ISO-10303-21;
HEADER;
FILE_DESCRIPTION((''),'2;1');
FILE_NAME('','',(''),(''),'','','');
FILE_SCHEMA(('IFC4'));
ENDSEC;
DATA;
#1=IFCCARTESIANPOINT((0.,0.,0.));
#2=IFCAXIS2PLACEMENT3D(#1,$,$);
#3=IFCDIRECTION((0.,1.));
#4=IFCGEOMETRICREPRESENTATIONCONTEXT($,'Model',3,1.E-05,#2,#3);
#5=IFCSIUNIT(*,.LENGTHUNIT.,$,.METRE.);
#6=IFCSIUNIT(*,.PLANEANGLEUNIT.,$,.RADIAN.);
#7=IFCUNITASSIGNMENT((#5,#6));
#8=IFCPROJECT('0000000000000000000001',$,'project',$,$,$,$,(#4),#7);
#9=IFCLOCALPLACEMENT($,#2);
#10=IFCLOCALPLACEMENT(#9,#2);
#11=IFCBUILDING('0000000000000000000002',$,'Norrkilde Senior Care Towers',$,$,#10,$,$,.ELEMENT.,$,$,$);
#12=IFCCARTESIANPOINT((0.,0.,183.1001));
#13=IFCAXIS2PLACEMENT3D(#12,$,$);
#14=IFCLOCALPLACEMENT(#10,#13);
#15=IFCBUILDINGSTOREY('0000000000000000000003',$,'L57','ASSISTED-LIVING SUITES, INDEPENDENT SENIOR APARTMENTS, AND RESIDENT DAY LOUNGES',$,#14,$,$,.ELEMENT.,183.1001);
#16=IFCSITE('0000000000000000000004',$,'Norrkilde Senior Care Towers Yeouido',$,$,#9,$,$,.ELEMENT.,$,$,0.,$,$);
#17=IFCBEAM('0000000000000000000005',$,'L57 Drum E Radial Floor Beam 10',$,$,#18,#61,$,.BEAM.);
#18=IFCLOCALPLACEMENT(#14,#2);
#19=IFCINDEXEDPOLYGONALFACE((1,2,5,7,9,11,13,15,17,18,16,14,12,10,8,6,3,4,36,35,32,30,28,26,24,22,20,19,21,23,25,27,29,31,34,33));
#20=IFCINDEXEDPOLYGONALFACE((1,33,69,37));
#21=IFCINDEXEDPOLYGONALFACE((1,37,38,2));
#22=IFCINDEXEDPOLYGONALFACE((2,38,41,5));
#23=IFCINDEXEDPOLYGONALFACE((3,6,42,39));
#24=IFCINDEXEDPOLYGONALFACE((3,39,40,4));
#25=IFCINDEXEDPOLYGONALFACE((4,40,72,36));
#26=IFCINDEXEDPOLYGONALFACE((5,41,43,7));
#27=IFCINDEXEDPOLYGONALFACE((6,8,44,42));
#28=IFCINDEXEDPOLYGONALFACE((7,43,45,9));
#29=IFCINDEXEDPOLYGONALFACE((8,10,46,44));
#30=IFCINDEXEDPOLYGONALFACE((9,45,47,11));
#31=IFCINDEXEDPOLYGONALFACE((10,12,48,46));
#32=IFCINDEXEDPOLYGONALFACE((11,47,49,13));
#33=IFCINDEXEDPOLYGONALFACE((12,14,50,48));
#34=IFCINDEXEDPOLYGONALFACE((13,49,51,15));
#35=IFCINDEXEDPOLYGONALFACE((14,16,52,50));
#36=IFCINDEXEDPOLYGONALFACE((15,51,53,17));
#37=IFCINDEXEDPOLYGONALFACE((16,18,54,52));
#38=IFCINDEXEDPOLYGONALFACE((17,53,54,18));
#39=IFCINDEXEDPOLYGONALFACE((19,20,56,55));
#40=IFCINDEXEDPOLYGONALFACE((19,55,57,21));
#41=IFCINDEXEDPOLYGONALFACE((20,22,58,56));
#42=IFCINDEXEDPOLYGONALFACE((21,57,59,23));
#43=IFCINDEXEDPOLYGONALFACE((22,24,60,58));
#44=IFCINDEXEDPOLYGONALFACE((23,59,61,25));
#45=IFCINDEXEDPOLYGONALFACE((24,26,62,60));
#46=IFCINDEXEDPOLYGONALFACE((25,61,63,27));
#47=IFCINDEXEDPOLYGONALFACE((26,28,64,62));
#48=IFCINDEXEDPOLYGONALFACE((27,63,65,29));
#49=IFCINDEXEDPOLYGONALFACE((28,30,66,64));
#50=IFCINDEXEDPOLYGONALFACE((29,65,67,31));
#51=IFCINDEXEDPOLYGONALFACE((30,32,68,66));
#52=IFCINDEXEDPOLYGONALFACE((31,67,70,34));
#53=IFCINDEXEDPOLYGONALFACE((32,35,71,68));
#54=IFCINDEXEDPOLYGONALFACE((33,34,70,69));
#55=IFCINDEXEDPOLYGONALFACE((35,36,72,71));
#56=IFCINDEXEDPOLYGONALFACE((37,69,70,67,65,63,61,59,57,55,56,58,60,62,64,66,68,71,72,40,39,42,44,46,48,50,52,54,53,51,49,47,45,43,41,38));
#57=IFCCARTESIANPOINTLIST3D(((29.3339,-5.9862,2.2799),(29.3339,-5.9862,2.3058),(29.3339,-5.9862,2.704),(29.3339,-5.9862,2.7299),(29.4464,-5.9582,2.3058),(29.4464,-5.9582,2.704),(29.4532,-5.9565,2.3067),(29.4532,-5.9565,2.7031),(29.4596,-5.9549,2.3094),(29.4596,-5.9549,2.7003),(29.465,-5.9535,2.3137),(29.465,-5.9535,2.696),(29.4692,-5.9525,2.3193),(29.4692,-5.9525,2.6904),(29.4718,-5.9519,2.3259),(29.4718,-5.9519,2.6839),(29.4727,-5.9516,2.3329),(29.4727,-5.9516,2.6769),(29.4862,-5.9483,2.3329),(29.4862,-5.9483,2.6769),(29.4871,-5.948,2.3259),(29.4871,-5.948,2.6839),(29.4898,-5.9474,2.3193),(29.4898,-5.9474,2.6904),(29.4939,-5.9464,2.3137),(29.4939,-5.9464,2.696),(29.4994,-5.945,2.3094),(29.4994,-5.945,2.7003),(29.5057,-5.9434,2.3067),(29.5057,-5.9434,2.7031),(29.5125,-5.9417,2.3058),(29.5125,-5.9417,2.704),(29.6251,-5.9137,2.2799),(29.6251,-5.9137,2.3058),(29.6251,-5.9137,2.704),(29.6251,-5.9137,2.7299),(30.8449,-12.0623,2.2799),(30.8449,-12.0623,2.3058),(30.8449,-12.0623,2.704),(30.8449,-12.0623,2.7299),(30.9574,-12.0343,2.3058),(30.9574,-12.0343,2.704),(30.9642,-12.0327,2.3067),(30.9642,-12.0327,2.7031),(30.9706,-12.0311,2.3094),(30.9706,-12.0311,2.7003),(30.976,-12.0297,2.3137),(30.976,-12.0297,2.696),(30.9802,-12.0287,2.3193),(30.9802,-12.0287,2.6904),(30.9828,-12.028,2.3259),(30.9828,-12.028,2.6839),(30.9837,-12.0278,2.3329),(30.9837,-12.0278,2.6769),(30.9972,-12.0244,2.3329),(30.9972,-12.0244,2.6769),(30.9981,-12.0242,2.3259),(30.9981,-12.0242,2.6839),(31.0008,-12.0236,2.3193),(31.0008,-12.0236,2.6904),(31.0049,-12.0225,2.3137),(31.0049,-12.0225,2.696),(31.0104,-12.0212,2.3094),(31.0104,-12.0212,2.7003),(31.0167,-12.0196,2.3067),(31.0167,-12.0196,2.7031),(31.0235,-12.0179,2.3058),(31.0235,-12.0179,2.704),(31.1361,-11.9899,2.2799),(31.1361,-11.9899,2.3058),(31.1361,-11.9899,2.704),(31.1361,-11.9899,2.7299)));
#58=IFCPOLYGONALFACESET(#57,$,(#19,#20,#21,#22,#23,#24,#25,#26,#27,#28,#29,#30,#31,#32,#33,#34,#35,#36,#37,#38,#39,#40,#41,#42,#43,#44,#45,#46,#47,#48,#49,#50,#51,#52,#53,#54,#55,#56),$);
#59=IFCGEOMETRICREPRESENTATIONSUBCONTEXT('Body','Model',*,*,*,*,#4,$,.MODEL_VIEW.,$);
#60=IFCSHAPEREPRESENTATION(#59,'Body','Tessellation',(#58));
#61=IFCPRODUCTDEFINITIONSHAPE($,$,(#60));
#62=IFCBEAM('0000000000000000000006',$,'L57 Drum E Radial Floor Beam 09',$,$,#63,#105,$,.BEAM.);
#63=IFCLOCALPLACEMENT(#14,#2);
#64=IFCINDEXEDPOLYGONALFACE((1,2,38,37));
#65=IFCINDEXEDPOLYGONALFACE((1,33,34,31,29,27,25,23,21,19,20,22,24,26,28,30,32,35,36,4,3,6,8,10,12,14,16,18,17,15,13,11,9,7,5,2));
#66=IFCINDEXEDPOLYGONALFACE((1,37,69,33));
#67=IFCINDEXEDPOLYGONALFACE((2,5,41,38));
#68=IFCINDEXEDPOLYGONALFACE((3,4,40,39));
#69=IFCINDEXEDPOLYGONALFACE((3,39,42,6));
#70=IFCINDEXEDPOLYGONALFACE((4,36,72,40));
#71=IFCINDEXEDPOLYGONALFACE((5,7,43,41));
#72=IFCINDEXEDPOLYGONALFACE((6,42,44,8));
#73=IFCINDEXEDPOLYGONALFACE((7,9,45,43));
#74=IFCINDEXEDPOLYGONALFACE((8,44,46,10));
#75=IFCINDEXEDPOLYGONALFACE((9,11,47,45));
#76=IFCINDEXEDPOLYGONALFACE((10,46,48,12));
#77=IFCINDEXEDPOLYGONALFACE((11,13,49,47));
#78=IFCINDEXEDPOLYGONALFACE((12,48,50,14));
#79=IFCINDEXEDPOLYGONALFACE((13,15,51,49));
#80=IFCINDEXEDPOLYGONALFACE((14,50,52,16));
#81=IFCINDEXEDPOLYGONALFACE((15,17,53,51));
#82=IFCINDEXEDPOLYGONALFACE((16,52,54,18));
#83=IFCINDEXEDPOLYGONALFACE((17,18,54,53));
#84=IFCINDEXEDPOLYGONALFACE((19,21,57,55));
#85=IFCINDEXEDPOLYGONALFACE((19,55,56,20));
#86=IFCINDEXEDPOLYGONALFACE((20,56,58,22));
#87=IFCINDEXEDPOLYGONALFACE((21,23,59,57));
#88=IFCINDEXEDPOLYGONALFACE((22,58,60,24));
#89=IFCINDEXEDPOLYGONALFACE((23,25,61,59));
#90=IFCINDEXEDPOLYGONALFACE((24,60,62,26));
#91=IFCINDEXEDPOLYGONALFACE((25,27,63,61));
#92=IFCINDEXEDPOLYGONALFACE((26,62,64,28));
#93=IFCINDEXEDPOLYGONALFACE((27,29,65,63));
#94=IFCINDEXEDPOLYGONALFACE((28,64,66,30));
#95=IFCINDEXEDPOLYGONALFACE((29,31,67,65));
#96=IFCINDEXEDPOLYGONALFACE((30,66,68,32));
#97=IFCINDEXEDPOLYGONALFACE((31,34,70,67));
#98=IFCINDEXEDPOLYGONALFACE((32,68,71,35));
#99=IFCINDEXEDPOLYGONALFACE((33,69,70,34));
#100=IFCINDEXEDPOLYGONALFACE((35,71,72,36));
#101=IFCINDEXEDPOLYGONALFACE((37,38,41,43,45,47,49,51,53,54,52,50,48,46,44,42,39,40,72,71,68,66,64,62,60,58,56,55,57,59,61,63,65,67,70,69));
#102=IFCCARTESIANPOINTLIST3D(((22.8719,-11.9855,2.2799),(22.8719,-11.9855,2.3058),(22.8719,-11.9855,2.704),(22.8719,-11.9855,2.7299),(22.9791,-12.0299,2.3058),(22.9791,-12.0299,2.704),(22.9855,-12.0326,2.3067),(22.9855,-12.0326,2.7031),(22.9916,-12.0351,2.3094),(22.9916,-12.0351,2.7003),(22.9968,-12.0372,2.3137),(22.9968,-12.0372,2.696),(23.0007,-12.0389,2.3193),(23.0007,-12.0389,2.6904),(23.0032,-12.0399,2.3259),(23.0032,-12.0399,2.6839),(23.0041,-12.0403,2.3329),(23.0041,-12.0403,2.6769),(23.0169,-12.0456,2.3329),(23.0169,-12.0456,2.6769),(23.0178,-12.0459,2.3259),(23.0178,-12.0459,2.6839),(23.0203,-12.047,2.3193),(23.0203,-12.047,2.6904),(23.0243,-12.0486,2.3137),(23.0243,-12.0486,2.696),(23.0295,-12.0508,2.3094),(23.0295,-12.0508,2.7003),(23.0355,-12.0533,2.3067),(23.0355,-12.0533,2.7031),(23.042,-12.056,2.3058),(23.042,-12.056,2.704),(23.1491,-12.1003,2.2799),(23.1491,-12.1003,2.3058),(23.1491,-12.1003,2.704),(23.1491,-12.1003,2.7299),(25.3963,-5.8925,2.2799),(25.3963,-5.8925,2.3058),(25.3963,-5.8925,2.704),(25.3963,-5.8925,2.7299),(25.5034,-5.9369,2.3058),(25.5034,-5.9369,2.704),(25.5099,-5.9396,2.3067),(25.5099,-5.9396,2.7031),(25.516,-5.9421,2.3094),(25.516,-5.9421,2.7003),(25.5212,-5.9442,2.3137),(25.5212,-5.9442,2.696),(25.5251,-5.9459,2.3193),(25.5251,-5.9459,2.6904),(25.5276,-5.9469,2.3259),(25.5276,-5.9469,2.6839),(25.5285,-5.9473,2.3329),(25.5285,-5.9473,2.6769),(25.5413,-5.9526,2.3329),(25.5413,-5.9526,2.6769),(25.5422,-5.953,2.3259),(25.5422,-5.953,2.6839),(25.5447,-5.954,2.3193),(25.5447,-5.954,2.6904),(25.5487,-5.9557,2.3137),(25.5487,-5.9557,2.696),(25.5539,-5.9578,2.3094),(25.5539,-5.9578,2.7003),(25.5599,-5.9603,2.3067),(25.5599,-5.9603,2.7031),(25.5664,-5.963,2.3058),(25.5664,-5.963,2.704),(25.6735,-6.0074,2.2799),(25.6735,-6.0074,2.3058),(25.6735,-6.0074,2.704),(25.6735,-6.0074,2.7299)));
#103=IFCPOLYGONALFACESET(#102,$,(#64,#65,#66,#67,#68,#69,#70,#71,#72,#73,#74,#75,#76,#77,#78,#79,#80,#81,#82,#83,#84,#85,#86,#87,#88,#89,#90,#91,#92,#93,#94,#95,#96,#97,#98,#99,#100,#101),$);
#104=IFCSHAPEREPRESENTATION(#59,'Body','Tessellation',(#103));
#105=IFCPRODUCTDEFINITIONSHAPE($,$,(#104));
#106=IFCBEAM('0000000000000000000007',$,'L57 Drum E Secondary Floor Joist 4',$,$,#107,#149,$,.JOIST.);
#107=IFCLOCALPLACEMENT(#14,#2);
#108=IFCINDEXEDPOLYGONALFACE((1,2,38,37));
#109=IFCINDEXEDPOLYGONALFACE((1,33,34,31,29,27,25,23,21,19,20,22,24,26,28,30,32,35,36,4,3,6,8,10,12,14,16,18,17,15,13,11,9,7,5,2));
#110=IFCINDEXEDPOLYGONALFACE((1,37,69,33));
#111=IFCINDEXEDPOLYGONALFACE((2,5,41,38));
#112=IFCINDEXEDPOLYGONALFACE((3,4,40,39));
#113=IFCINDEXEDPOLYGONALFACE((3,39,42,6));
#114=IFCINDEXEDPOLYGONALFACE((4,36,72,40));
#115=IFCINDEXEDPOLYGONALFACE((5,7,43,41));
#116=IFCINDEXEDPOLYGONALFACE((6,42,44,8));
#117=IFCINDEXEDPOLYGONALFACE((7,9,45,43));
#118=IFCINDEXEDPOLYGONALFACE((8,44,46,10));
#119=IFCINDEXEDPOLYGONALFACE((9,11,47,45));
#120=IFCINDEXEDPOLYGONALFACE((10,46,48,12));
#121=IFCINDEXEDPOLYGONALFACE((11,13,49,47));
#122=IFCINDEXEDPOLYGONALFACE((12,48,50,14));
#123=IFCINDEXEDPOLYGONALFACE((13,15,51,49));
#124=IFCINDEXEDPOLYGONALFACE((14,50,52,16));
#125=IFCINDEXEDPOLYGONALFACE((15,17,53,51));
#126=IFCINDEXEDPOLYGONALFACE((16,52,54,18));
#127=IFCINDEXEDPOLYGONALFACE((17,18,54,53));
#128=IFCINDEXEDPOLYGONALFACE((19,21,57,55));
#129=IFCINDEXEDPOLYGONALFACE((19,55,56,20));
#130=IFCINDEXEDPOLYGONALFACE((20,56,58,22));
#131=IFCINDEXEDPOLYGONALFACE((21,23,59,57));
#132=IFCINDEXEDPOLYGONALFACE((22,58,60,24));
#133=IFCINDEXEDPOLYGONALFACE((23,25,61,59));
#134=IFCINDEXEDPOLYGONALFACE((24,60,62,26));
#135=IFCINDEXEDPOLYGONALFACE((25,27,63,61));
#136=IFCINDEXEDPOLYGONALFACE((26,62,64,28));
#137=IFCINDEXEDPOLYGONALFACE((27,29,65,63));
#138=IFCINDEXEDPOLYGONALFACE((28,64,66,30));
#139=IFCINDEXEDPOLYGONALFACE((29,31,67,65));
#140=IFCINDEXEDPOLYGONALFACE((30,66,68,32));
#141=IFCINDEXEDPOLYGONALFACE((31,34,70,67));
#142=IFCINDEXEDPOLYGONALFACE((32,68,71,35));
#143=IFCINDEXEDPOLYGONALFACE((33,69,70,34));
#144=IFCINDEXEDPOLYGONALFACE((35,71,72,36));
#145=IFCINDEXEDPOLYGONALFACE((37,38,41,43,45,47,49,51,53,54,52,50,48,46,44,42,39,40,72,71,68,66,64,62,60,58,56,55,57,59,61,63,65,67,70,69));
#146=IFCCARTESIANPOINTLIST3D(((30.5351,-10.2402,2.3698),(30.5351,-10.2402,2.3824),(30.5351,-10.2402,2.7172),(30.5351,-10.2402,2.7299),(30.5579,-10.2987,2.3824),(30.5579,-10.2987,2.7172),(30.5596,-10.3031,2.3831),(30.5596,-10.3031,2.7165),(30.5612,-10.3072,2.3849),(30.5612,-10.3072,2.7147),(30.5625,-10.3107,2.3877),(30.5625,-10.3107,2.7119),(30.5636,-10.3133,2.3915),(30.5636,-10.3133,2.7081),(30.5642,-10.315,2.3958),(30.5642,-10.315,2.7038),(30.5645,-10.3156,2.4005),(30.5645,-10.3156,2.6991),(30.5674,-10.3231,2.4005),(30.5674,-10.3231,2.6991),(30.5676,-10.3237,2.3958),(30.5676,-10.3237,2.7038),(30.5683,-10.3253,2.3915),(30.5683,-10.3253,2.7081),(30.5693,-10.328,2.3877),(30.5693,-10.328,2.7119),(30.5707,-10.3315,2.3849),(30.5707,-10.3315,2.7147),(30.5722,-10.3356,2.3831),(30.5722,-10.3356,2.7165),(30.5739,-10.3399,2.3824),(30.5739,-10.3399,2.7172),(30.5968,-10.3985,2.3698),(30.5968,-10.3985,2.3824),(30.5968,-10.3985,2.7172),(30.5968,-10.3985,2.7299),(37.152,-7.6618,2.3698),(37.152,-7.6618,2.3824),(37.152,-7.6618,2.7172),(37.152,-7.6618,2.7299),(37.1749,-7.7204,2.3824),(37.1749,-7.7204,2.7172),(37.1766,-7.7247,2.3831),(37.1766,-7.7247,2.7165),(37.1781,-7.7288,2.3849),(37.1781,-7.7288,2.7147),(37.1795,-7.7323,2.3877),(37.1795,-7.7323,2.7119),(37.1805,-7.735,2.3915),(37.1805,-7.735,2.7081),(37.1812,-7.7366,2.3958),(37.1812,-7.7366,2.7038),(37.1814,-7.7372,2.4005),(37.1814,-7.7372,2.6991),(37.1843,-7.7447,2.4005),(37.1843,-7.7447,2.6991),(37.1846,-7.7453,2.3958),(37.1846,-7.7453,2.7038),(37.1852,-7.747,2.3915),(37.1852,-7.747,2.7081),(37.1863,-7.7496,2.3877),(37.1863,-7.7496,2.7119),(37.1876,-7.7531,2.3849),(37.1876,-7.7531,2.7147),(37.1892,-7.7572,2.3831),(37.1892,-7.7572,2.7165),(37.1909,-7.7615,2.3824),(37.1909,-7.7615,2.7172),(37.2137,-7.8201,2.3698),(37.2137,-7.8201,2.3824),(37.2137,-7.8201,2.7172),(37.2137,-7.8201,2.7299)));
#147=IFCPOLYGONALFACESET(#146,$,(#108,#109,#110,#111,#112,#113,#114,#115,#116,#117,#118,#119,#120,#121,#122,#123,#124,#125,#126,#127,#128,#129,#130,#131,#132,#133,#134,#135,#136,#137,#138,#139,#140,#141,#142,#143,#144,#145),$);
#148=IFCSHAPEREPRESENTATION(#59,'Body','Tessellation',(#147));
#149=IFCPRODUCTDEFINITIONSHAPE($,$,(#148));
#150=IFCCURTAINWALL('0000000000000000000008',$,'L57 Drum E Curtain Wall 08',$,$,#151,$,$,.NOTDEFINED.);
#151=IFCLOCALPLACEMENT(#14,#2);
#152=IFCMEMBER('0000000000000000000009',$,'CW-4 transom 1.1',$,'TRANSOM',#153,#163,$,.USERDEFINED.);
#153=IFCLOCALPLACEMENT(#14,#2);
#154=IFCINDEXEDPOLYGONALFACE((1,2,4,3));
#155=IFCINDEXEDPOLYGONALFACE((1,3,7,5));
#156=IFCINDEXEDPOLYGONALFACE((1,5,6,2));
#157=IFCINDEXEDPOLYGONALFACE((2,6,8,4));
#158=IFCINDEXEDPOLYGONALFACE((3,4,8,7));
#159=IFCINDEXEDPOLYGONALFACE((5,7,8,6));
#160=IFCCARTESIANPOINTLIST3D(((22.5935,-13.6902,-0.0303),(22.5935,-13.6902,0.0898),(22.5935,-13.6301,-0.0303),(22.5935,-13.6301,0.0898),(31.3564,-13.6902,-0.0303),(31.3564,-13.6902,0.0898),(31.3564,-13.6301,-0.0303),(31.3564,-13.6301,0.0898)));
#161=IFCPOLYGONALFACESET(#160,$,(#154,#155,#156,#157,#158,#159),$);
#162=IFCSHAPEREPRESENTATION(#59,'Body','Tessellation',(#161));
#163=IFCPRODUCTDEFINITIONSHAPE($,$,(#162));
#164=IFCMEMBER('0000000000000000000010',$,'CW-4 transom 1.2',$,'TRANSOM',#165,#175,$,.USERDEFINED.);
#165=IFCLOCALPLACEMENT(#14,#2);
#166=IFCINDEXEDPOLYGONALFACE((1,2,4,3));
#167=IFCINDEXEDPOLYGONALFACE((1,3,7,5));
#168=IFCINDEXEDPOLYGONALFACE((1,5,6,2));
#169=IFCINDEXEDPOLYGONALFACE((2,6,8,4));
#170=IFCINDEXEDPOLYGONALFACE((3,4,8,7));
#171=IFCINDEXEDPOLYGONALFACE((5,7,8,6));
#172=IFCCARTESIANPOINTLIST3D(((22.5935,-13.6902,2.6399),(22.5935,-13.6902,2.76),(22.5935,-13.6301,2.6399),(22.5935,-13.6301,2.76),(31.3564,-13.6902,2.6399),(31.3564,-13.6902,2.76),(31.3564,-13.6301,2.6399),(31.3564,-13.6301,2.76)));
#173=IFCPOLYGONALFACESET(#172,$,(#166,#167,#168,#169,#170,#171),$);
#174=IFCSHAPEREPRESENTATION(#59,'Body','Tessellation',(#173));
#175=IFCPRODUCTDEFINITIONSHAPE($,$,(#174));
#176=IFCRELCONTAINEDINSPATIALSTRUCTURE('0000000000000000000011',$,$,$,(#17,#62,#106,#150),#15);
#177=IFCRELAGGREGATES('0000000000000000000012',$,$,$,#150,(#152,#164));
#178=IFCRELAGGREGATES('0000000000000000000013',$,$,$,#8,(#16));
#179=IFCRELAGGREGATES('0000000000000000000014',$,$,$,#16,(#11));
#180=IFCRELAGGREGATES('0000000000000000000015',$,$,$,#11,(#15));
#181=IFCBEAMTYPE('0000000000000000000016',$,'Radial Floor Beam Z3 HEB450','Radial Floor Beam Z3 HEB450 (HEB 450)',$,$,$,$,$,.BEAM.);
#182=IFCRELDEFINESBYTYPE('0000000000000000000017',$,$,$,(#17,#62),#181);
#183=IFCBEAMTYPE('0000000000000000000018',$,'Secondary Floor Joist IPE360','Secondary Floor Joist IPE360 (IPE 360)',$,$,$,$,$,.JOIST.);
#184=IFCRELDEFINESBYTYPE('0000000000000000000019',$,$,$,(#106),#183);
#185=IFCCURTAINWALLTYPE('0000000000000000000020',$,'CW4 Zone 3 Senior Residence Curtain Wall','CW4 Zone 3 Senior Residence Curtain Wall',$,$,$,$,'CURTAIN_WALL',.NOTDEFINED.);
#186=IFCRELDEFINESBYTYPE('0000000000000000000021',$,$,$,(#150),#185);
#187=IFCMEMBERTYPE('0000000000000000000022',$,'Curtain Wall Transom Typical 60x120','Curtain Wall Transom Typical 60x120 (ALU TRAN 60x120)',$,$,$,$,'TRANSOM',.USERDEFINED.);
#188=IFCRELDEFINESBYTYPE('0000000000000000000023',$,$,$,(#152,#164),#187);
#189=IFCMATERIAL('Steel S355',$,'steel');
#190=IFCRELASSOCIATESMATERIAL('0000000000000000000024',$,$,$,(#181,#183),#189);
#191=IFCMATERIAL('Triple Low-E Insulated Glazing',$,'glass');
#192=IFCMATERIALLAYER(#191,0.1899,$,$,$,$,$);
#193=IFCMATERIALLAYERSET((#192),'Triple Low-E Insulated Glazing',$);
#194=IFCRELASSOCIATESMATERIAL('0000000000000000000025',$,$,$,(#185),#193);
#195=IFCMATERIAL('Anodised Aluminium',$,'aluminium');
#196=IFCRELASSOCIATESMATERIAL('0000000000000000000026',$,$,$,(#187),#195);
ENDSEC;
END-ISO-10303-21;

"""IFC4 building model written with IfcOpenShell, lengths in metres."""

from ifc_helpers import new_model, si_unit, direction, frame, origin, origin_2d, place, context, subcontext, project, spatial, rectangle, i_section, extrude, source, transform, mapped, material, layer, layer_set, material_profile, profile_set, type_object, type_shapes, element, aggregate, save


model = new_model("IFC4")

# Units and contexts
model_context = context("Model", 3, precision=1e-05, world=origin(), true_north=direction((0.0, 1.0)))
body_context = subcontext(model_context, "Body", "Model", "MODEL_VIEW")
ifc_project = project(units=[si_unit("LENGTHUNIT", "METRE"), si_unit("PLANEANGLEUNIT", "RADIAN")], contexts=[model_context])

# Site, building, storey
site_placement = place(None, origin())
site = spatial("IfcSite", under=ifc_project, at=site_placement, Name="Norrkilde Senior Care Towers Yeouido", CompositionType="ELEMENT", RefElevation=0.0)
building_placement = place(site_placement, origin())
building = spatial("IfcBuilding", under=site, at=building_placement, Name="Norrkilde Senior Care Towers", CompositionType="ELEMENT")
storey_placement = place(building_placement, frame((0.0, 0.0, 183.1001)))
storey = spatial("IfcBuildingStorey", under=building, at=storey_placement, Name="L57", Description="ASSISTED-LIVING SUITES, INDEPENDENT SENIOR APARTMENTS, AND RESIDENT DAY LOUNGES", CompositionType="ELEMENT", Elevation=183.1001)

# Beams
ifc_material_1 = material(Name="Steel S355", Category="steel")
ifc_material_profile_1 = material_profile(ifc_material_1, i_section(OverallWidth=0.3, OverallDepth=0.45, WebThickness=0.0139, FlangeThickness=0.0259, FilletRadius=0.0271, at=origin_2d()), Name="HEB 450")
ifc_profile_set_1 = profile_set([ifc_material_profile_1], Name="Steel S355")
beam_type_1 = type_object("IfcBeamType", Name="Radial Floor Beam Z3 HEB450", Description="Radial Floor Beam Z3 HEB450 (HEB 450)", PredefinedType="BEAM", material=ifc_profile_set_1)
shared_shape_1 = source(origin(), body_context, "Body", "SweptSolid", [
    extrude(i_section(OverallWidth=0.3, OverallDepth=0.45, WebThickness=0.0139, FlangeThickness=0.0259, FilletRadius=0.0271, at=origin_2d()), origin(), (0.0, 0.0, 1.0), 6.2612),
])
beam_1_placement = place(storey_placement, frame((29.4795, -5.95, 2.5049), z_axis=(0.241324, -0.970445, 0.0), x_axis=(0.970445, 0.241324, 0.0)))
element("IfcBeam", 1, at=beam_1_placement, inside=storey, type_object=beam_type_1, Name="L57 Drum E Radial Floor Beam 10", PredefinedType="BEAM", context=body_context, shape_type="MappedRepresentation", body=[
    mapped(shared_shape_1, transform((0.0, 0.0, 0.0), x_axis=(1.0, 0.0, 0.0), y_axis=(0.0, 1.0, 0.0), z_axis=(0.0, 0.0, 1.0), scale=1.0)),
])
shared_shape_2 = source(origin(), body_context, "Body", "SweptSolid", [
    extrude(i_section(OverallWidth=0.3, OverallDepth=0.45, WebThickness=0.0139, FlangeThickness=0.0259, FilletRadius=0.0271, at=origin_2d()), origin(), (0.0, 0.0, 1.0), 6.5952),
])
beam_2_placement = place(storey_placement, frame((25.5349, -5.95, 2.5049), z_axis=(-0.382762, -0.923847, 0.0), x_axis=(0.923847, -0.382762, 0.0)))
element("IfcBeam", 2, at=beam_2_placement, inside=storey, type_object=beam_type_1, Name="L57 Drum E Radial Floor Beam 09", PredefinedType="BEAM", context=body_context, shape_type="MappedRepresentation", body=[
    mapped(shared_shape_2, transform((0.0, 0.0, 0.0), x_axis=(1.0, 0.0, 0.0), y_axis=(0.0, 1.0, 0.0), z_axis=(0.0, 0.0, 1.0), scale=1.0)),
])
ifc_material_profile_2 = material_profile(ifc_material_1, i_section(OverallWidth=0.1699, OverallDepth=0.3601, WebThickness=0.0081, FlangeThickness=0.0127, FilletRadius=0.0181, at=origin_2d()), Name="IPE 360")
ifc_profile_set_2 = profile_set([ifc_material_profile_2], Name="Steel S355")
beam_type_2 = type_object("IfcBeamType", Name="Secondary Floor Joist IPE360", Description="Secondary Floor Joist IPE360 (IPE 360)", PredefinedType="JOIST", material=ifc_profile_set_2)
shared_shape_3 = source(origin(), body_context, "Body", "SweptSolid", [
    extrude(i_section(OverallWidth=0.1699, OverallDepth=0.3601, WebThickness=0.0081, FlangeThickness=0.0127, FilletRadius=0.0181, at=origin_2d()), origin(), (0.0, 0.0, 1.0), 7.1016),
])
type_shapes(beam_type_2, [shared_shape_3])
beam_3_placement = place(storey_placement, frame((30.5659, -10.3193, 2.5498), z_axis=(0.931761, 0.363072, 0.0), x_axis=(-0.363072, 0.931761, 0.0)))
element("IfcBeam", 3, at=beam_3_placement, inside=storey, type_object=beam_type_2, Name="L57 Drum E Secondary Floor Joist 4", PredefinedType="JOIST", context=body_context, shape_type="MappedRepresentation", body=[
    mapped(shared_shape_3, transform((0.0, 0.0, 0.0), x_axis=(1.0, 0.0, 0.0), y_axis=(0.0, 1.0, 0.0), z_axis=(0.0, 0.0, 1.0), scale=1.0)),
])

# Curtain wall, members
ifc_material_2 = material(Name="Triple Low-E Insulated Glazing", Category="glass")
ifc_layer_1 = layer(ifc_material_2, 0.1899)
ifc_layer_set_1 = layer_set([ifc_layer_1], Name="Triple Low-E Insulated Glazing")
curtain_wall_type = type_object("IfcCurtainWallType", Name="CW4 Zone 3 Senior Residence Curtain Wall", Description="CW4 Zone 3 Senior Residence Curtain Wall", ElementType="CURTAIN_WALL", PredefinedType="NOTDEFINED", material=ifc_layer_set_1)
curtain_wall_1_placement = place(storey_placement, origin())
curtain_wall_1 = element("IfcCurtainWall", 4, at=curtain_wall_1_placement, inside=storey, type_object=curtain_wall_type, Name="L57 Drum E Curtain Wall 08", PredefinedType="NOTDEFINED")
ifc_material_3 = material(Name="Anodised Aluminium", Category="aluminium")
ifc_material_profile_3 = material_profile(ifc_material_3, rectangle(XDim=0.0601, YDim=0.1201, at=origin_2d()), Name="ALU TRAN 60x120")
ifc_profile_set_3 = profile_set([ifc_material_profile_3], Name="Anodised Aluminium")
member_type_1 = type_object("IfcMemberType", Name="Curtain Wall Transom Typical 60x120", Description="Curtain Wall Transom Typical 60x120 (ALU TRAN 60x120)", ElementType="TRANSOM", PredefinedType="USERDEFINED", material=ifc_profile_set_3)
shared_shape_4 = source(origin(), body_context, "Body", "SweptSolid", [
    extrude(rectangle(XDim=0.0601, YDim=0.1201, at=origin_2d()), origin(), (0.0, 0.0, 1.0), 8.7629),
])
type_shapes(member_type_1, [shared_shape_4])
member_1_placement = place(storey_placement, frame((31.3564, -13.6602, 0.0298), z_axis=(-1.0, 0.0, 0.0), x_axis=(0.0, -1.0, 0.0)))
member_1 = element("IfcMember", 5, at=member_1_placement, type_object=member_type_1, Name="CW-4 transom 1.1", ObjectType="TRANSOM", PredefinedType="USERDEFINED", context=body_context, shape_type="MappedRepresentation", body=[
    mapped(shared_shape_4, transform((0.0, 0.0, 0.0), x_axis=(1.0, 0.0, 0.0), y_axis=(0.0, 1.0, 0.0), z_axis=(0.0, 0.0, 1.0), scale=1.0)),
])
member_2_placement = place(storey_placement, frame((31.3564, -13.6602, 2.7), z_axis=(-1.0, 0.0, 0.0), x_axis=(0.0, -1.0, 0.0)))
member_2 = element("IfcMember", 6, at=member_2_placement, type_object=member_type_1, Name="CW-4 transom 1.2", ObjectType="TRANSOM", PredefinedType="USERDEFINED", context=body_context, shape_type="MappedRepresentation", body=[
    mapped(shared_shape_4, transform((0.0, 0.0, 0.0), x_axis=(1.0, 0.0, 0.0), y_axis=(0.0, 1.0, 0.0), z_axis=(0.0, 0.0, 1.0), scale=1.0)),
])

aggregate(curtain_wall_1, [member_1, member_2])

save(model, "model.ifc")
